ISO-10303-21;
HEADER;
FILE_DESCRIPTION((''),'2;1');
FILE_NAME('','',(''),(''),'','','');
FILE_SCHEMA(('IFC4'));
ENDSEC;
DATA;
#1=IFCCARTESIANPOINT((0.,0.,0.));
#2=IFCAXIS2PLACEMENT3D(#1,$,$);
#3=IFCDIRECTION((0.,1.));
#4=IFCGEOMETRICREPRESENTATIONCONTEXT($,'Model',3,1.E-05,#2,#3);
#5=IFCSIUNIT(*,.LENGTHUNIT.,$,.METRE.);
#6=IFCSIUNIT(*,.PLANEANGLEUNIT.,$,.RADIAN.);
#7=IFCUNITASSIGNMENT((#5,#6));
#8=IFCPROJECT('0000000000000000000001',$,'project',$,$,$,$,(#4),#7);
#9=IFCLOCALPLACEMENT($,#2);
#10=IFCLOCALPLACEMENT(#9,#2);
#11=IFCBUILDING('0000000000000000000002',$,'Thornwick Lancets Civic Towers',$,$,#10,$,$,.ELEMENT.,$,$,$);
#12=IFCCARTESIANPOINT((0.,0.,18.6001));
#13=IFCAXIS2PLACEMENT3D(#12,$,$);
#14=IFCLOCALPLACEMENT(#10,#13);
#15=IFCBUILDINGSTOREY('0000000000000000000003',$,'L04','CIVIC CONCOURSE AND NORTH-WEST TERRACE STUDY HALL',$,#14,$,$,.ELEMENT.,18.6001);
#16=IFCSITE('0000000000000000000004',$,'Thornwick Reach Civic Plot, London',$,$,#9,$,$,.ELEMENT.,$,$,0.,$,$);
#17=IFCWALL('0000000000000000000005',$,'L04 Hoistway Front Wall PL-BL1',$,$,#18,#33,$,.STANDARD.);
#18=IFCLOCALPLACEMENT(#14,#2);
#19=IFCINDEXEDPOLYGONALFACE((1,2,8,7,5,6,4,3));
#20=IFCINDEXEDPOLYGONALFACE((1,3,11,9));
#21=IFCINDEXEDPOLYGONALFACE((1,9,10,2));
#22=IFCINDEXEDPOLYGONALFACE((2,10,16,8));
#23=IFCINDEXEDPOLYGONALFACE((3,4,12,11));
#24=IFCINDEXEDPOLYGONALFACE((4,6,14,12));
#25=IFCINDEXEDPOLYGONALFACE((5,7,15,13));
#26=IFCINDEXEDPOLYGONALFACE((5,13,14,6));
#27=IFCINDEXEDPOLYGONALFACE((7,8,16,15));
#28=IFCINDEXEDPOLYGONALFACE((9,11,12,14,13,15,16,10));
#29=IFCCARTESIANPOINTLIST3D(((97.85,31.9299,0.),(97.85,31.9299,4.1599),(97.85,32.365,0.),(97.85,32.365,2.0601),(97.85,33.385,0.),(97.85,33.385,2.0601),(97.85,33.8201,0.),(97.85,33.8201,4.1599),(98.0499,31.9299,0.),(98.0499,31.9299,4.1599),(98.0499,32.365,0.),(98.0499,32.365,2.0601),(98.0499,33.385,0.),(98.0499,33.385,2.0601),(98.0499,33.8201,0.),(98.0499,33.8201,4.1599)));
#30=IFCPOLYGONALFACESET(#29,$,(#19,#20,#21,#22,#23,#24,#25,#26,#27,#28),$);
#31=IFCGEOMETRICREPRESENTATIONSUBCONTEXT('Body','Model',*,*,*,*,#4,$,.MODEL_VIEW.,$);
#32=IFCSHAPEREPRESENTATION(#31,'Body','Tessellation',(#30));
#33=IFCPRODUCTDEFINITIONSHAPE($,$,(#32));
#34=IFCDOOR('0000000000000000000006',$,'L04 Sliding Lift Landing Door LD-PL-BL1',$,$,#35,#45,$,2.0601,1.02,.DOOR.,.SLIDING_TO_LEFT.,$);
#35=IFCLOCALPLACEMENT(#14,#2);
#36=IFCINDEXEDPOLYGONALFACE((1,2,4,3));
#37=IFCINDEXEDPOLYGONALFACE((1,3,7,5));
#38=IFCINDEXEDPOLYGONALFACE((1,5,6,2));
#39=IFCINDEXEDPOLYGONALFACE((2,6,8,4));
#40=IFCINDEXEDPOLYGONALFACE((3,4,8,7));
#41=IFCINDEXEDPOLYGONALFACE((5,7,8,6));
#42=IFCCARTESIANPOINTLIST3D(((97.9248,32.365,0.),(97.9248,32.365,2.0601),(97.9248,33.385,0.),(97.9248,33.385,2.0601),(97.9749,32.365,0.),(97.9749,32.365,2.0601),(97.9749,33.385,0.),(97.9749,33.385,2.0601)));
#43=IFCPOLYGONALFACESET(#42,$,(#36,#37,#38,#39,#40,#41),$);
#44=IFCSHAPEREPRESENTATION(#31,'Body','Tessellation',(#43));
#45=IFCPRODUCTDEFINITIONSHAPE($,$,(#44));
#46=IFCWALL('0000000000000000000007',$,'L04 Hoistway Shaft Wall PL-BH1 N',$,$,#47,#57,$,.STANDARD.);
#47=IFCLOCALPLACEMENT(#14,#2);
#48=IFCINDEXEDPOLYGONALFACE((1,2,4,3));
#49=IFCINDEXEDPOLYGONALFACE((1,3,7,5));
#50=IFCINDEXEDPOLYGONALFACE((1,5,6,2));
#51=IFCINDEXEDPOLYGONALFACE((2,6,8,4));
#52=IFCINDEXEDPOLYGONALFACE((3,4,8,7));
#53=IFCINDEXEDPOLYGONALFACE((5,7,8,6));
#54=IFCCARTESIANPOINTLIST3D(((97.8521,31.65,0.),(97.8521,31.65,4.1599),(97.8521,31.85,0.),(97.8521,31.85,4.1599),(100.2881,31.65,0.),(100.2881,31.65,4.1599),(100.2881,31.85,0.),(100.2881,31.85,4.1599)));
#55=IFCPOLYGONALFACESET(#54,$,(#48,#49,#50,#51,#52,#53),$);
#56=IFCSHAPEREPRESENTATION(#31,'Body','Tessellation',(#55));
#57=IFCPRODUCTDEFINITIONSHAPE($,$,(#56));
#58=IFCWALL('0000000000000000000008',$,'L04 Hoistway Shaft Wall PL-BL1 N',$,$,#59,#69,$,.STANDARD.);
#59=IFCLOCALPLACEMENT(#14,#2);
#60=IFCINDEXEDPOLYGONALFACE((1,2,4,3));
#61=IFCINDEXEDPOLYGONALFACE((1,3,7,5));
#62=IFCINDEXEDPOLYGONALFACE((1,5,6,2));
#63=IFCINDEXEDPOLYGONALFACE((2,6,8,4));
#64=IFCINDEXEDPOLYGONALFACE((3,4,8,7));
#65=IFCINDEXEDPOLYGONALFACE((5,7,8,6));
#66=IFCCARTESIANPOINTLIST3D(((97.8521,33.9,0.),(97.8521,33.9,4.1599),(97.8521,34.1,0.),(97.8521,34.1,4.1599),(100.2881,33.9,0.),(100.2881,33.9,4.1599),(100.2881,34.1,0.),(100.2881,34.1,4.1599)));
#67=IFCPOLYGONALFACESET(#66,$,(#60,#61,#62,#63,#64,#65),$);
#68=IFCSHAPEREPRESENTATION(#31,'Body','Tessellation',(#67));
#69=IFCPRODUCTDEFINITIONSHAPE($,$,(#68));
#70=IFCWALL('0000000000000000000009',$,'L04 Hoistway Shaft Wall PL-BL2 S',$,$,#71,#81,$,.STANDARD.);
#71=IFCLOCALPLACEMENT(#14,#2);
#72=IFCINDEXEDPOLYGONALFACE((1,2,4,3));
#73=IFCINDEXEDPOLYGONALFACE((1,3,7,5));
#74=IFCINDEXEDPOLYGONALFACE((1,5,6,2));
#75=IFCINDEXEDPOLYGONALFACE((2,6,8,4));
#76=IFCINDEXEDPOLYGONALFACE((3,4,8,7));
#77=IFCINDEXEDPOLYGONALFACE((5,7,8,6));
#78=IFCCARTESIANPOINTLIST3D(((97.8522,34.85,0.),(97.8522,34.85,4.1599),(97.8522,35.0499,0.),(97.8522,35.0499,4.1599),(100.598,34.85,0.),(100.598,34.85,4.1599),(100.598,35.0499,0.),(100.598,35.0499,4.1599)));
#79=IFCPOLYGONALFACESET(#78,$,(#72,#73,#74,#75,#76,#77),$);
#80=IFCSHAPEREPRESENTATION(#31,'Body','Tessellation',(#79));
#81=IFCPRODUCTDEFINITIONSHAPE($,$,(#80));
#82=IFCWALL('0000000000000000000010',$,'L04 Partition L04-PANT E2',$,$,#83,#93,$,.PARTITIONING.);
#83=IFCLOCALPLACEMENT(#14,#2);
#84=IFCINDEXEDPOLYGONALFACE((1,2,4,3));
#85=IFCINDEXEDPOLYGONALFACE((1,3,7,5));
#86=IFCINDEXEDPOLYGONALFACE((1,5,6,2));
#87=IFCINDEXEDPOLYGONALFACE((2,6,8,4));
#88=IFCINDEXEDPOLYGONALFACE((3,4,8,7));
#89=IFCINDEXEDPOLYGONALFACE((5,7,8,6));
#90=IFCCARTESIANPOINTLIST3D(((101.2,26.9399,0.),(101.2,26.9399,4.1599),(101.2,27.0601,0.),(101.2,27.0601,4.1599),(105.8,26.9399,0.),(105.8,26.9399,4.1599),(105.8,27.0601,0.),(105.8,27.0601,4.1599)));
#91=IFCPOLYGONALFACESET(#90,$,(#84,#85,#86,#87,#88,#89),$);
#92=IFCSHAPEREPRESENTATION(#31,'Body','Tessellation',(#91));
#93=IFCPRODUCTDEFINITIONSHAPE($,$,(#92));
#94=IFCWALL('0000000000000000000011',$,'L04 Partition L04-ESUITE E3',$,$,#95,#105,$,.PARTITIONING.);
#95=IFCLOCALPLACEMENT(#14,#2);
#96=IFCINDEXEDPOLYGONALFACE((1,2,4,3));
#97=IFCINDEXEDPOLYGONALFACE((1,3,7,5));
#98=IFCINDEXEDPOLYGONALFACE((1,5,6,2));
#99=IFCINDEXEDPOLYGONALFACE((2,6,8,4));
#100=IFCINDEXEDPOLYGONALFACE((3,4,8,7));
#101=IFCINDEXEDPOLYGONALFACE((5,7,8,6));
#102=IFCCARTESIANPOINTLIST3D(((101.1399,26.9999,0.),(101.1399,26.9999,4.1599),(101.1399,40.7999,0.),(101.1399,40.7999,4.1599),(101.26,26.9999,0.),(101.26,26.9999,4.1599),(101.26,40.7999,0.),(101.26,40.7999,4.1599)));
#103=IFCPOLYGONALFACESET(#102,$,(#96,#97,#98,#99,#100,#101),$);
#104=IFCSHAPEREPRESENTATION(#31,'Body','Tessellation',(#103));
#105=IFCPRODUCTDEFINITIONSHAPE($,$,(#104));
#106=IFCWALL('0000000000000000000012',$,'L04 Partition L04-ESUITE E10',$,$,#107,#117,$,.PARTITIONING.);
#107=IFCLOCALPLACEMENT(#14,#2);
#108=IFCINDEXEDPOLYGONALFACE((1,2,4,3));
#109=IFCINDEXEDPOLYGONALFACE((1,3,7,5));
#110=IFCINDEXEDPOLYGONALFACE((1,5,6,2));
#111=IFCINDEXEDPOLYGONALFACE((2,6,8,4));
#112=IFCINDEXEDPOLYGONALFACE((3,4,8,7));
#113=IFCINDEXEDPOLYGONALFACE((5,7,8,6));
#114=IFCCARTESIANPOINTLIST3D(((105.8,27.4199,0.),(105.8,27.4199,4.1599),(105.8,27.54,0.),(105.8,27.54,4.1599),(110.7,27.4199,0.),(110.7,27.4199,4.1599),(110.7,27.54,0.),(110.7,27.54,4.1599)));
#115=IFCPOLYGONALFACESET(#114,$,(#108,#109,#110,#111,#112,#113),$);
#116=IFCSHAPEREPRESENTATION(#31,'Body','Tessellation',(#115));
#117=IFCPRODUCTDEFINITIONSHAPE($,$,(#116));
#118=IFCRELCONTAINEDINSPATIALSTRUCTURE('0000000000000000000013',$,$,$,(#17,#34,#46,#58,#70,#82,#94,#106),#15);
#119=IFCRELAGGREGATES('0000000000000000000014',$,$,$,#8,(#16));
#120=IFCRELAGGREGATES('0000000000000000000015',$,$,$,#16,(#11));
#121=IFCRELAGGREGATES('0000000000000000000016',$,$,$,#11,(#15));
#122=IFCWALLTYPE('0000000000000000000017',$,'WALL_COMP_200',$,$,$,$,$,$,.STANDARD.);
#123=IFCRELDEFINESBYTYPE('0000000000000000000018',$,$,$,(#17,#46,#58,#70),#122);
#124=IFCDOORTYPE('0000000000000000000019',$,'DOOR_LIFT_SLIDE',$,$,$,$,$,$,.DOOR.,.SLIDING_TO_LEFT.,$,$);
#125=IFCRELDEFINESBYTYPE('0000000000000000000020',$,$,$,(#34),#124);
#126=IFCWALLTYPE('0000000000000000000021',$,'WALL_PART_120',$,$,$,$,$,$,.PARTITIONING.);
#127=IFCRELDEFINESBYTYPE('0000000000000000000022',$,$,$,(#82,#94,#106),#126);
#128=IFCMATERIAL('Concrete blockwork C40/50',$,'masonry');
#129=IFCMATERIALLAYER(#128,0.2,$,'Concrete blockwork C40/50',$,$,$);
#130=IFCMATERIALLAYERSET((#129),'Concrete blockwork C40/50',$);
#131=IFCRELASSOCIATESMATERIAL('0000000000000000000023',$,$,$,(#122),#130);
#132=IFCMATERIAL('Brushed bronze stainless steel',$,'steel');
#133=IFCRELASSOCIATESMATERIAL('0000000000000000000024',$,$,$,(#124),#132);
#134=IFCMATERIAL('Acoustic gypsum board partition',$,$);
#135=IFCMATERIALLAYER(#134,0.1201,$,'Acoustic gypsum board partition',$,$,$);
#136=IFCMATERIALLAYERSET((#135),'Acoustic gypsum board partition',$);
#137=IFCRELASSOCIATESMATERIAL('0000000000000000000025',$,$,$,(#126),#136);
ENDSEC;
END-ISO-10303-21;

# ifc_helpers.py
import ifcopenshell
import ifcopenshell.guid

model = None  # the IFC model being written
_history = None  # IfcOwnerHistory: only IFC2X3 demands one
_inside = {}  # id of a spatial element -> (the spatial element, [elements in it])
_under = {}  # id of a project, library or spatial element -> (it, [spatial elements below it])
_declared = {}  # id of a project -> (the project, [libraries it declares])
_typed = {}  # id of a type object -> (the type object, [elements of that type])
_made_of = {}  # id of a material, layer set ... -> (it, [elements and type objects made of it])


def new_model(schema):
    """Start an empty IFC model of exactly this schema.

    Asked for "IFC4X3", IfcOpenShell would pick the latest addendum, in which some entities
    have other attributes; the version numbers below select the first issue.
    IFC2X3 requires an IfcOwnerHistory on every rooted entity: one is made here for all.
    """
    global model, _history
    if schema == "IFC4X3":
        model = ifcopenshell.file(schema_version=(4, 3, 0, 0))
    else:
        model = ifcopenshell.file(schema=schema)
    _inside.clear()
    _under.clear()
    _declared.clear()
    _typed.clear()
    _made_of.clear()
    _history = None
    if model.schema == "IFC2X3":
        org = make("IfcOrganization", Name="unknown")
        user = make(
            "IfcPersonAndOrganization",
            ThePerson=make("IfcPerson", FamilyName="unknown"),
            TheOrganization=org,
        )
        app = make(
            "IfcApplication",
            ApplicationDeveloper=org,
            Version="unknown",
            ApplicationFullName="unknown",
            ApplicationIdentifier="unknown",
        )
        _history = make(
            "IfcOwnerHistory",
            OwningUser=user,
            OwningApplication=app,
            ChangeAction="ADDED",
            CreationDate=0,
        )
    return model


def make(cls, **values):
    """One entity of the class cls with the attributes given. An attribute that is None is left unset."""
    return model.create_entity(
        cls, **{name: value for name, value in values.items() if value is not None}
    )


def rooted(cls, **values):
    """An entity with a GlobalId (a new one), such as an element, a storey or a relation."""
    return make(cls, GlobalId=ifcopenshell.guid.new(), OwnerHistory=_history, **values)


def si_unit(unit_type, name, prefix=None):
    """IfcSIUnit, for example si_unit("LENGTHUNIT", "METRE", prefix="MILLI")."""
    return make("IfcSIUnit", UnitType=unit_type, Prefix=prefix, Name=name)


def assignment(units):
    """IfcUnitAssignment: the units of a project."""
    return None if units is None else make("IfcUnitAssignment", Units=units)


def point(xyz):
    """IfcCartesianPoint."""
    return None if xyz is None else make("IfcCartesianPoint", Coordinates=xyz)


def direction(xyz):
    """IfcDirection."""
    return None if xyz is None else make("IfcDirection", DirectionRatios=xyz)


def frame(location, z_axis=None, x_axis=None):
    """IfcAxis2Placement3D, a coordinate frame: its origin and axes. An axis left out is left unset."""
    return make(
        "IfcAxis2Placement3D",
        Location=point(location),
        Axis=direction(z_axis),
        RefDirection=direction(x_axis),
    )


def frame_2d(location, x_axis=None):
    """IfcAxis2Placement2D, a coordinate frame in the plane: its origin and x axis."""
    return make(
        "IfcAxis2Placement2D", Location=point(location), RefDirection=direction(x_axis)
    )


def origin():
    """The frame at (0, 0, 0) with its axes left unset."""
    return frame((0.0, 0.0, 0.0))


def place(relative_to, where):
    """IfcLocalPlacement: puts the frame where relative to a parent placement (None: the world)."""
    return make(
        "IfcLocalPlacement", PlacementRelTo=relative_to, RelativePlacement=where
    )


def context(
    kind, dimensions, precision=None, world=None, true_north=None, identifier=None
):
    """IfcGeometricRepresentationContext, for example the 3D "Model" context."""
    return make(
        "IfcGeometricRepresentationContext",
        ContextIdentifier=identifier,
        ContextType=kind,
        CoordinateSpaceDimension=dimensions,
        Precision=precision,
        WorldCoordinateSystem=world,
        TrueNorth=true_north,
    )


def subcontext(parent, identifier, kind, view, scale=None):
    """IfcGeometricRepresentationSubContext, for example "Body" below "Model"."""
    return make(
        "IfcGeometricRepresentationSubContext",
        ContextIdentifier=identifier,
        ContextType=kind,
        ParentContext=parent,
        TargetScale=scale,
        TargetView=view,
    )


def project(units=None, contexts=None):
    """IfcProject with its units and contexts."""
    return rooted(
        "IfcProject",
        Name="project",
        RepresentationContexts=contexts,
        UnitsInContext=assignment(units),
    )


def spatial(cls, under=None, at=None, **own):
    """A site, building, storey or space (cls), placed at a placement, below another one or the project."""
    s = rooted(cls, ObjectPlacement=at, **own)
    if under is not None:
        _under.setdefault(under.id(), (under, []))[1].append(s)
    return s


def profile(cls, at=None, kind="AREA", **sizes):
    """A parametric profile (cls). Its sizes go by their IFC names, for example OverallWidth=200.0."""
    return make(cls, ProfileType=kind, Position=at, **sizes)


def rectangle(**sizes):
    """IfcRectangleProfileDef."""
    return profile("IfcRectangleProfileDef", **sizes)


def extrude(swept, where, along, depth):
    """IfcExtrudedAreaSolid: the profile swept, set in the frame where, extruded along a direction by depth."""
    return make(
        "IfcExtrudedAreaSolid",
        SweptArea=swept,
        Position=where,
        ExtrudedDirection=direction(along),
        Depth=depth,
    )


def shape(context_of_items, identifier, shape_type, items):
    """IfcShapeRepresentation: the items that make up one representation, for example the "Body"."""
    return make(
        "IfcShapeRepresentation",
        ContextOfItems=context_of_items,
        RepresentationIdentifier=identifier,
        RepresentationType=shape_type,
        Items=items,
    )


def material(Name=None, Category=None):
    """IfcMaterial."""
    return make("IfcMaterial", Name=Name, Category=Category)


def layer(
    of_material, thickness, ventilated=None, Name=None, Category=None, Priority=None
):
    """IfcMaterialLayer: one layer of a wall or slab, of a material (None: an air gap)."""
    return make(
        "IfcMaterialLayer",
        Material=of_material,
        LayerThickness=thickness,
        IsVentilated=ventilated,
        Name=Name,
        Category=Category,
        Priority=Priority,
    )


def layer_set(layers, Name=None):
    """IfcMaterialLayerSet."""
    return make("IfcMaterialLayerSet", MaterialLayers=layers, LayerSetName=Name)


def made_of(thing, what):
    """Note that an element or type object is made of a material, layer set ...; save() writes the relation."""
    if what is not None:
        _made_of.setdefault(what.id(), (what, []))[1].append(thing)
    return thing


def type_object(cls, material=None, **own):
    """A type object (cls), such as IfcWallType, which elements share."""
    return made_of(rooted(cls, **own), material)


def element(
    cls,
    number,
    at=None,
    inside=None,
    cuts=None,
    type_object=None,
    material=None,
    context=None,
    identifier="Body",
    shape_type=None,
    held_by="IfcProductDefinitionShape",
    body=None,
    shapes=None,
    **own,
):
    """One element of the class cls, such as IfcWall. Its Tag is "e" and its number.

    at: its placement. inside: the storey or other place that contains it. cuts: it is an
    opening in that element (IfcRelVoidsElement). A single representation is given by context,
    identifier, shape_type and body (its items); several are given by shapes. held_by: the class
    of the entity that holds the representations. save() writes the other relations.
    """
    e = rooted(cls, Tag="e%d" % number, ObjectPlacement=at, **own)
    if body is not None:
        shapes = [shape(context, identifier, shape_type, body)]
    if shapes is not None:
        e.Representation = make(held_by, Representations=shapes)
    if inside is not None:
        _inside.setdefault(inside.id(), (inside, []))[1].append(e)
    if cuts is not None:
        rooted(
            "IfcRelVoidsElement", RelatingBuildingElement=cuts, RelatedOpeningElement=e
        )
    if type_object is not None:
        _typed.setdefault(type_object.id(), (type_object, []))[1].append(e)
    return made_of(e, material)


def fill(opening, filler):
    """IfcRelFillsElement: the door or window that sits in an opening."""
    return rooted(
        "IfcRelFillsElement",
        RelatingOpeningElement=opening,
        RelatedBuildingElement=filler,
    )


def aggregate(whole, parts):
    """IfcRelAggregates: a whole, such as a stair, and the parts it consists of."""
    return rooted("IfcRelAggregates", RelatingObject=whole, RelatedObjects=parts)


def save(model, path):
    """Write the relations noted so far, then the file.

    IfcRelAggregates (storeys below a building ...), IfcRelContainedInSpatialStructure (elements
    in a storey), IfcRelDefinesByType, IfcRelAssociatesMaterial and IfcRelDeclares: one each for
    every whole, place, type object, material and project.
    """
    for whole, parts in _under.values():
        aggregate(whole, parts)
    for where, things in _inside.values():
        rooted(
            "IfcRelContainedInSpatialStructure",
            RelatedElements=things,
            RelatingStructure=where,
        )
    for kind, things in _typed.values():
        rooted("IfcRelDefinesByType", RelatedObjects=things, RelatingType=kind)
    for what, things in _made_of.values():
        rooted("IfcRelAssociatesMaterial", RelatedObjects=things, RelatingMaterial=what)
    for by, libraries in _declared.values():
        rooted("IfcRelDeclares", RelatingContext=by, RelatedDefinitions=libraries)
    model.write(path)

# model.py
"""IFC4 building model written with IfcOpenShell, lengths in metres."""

from ifc_helpers import new_model, si_unit, direction, frame, frame_2d, origin, place, context, subcontext, project, spatial, rectangle, extrude, material, layer, layer_set, type_object, element, fill, save


model = new_model("IFC4")

# Units and contexts
model_context = context("Model", 3, precision=1e-05, world=origin(), true_north=direction((0.0, 1.0)))
body_context = subcontext(model_context, "Body", "Model", "MODEL_VIEW")
ifc_project = project(units=[si_unit("LENGTHUNIT", "METRE"), si_unit("PLANEANGLEUNIT", "RADIAN")], contexts=[model_context])

# Site, building, storey
site_placement = place(None, origin())
site = spatial("IfcSite", under=ifc_project, at=site_placement, Name="Thornwick Reach Civic Plot, London", CompositionType="ELEMENT", RefElevation=0.0)
building_placement = place(site_placement, origin())
building = spatial("IfcBuilding", under=site, at=building_placement, Name="Thornwick Lancets Civic Towers", CompositionType="ELEMENT")
storey_placement = place(building_placement, frame((0.0, 0.0, 18.6001)))
storey = spatial("IfcBuildingStorey", under=building, at=storey_placement, Name="L04", Description="CIVIC CONCOURSE AND NORTH-WEST TERRACE STUDY HALL", CompositionType="ELEMENT", Elevation=18.6001)

# Shared definitions
ifc_material_1 = material(Name="Concrete blockwork C40/50", Category="masonry")
ifc_layer_1 = layer(ifc_material_1, 0.2, Name="Concrete blockwork C40/50")
ifc_layer_set_1 = layer_set([ifc_layer_1], Name="Concrete blockwork C40/50")
wall_type_1 = type_object("IfcWallType", Name="WALL_COMP_200", PredefinedType="STANDARD", material=ifc_layer_set_1)
ifc_material_2 = material(Name="Brushed bronze stainless steel", Category="steel")
door_type = type_object("IfcDoorType", Name="DOOR_LIFT_SLIDE", OperationType="SLIDING_TO_LEFT", PredefinedType="DOOR", material=ifc_material_2)

# Wall, opening, door
wall_1_placement = place(storey_placement, frame((97.95, 33.8201, 0.0), z_axis=(0.0, 0.0, 1.0), x_axis=(0.0, -1.0, 0.0)))
wall_1 = element("IfcWall", 1, at=wall_1_placement, inside=storey, type_object=wall_type_1, Name="L04 Hoistway Front Wall PL-BL1", PredefinedType="STANDARD", context=body_context, shape_type="SweptSolid", body=[
    extrude(rectangle(XDim=1.8901, YDim=0.2, at=frame_2d((0.9451, 0.0))), origin(), (0.0, 0.0, 1.0), 4.1599),
])
opening_1_placement = place(wall_1_placement, frame((0.4351, 0.0, 0.0)))
opening_1 = element("IfcOpeningElement", 2, at=opening_1_placement, cuts=wall_1, PredefinedType="OPENING", context=body_context, shape_type="SweptSolid", body=[
    extrude(rectangle(XDim=1.02, YDim=2.0601, at=frame_2d((0.51, 1.03))), frame((0.0, 0.1099, 0.0), z_axis=(0.0, -1.0, 0.0), x_axis=(1.0, 0.0, 0.0)), (0.0, 0.0, 1.0), 0.22),
])
door_1_placement = place(opening_1_placement, origin())
door_1 = element("IfcDoor", 3, at=door_1_placement, inside=storey, type_object=door_type, Name="L04 Sliding Lift Landing Door LD-PL-BL1", OperationType="SLIDING_TO_LEFT", OverallHeight=2.0601, OverallWidth=1.02, PredefinedType="DOOR", context=body_context, shape_type="SweptSolid", body=[
    extrude(rectangle(XDim=1.02, YDim=2.0601, at=frame_2d((0.51, 1.03))), frame((0.0, 0.0249, 0.0), z_axis=(0.0, -1.0, 0.0), x_axis=(1.0, 0.0, 0.0)), (0.0, 0.0, 1.0), 0.05),
])
fill(opening_1, door_1)

# Walls
for number, where, z_axis, x_axis, name in (
    (4, (97.8521, 31.75, 0.0), (0.0, 0.0, 1.0), (1.0, 0.0, 0.0), "L04 Hoistway Shaft Wall PL-BH1 N"),
    (5, (97.8521, 34.0, 0.0), (0.0, 0.0, 1.0), (1.0, 0.0, 0.0), "L04 Hoistway Shaft Wall PL-BL1 N"),
):
    element("IfcWall", number, at=place(storey_placement, frame(where, z_axis=z_axis, x_axis=x_axis)), inside=storey, type_object=wall_type_1, Name=name, PredefinedType="STANDARD", context=body_context, shape_type="SweptSolid", body=[
        extrude(rectangle(XDim=2.436, YDim=0.2, at=frame_2d((1.218, 0.0))), origin(), (0.0, 0.0, 1.0), 4.1599),
    ])
wall_2_placement = place(storey_placement, frame((97.8521, 34.95, 0.0), z_axis=(0.0, 0.0, 1.0), x_axis=(1.0, 0.0, 0.0)))
element("IfcWall", 6, at=wall_2_placement, inside=storey, type_object=wall_type_1, Name="L04 Hoistway Shaft Wall PL-BL2 S", PredefinedType="STANDARD", context=body_context, shape_type="SweptSolid", body=[
    extrude(rectangle(XDim=2.7458, YDim=0.2, at=frame_2d((1.373, 0.0))), origin(), (0.0, 0.0, 1.0), 4.1599),
])
ifc_material_3 = material(Name="Acoustic gypsum board partition")
ifc_layer_2 = layer(ifc_material_3, 0.1201, Name="Acoustic gypsum board partition")
ifc_layer_set_2 = layer_set([ifc_layer_2], Name="Acoustic gypsum board partition")
wall_type_2 = type_object("IfcWallType", Name="WALL_PART_120", PredefinedType="PARTITIONING", material=ifc_layer_set_2)
wall_3_placement = place(storey_placement, frame((101.2, 27.0, 0.0), z_axis=(0.0, 0.0, 1.0), x_axis=(1.0, 0.0, 0.0)))
element("IfcWall", 7, at=wall_3_placement, inside=storey, type_object=wall_type_2, Name="L04 Partition L04-PANT E2", PredefinedType="PARTITIONING", context=body_context, shape_type="SweptSolid", body=[
    extrude(rectangle(XDim=4.6001, YDim=0.1201, at=frame_2d((2.3, 0.0))), origin(), (0.0, 0.0, 1.0), 4.1599),
])
wall_4_placement = place(storey_placement, frame((101.2, 27.0, 0.0), z_axis=(0.0, 0.0, 1.0), x_axis=(0.0, 1.0, 0.0)))
element("IfcWall", 8, at=wall_4_placement, inside=storey, type_object=wall_type_2, Name="L04 Partition L04-ESUITE E3", PredefinedType="PARTITIONING", context=body_context, shape_type="SweptSolid", body=[
    extrude(rectangle(XDim=13.8, YDim=0.1201, at=frame_2d((6.8999, 0.0))), origin(), (0.0, 0.0, 1.0), 4.1599),
])
wall_5_placement = place(storey_placement, frame((110.7, 27.48, 0.0), z_axis=(0.0, 0.0, 1.0), x_axis=(-1.0, 0.0, 0.0)))
element("IfcWall", 9, at=wall_5_placement, inside=storey, type_object=wall_type_2, Name="L04 Partition L04-ESUITE E10", PredefinedType="PARTITIONING", context=body_context, shape_type="SweptSolid", body=[
    extrude(rectangle(XDim=4.8999, YDim=0.1201, at=frame_2d((2.45, 0.0))), origin(), (0.0, 0.0, 1.0), 4.1599),
])

save(model, "model.ifc")
